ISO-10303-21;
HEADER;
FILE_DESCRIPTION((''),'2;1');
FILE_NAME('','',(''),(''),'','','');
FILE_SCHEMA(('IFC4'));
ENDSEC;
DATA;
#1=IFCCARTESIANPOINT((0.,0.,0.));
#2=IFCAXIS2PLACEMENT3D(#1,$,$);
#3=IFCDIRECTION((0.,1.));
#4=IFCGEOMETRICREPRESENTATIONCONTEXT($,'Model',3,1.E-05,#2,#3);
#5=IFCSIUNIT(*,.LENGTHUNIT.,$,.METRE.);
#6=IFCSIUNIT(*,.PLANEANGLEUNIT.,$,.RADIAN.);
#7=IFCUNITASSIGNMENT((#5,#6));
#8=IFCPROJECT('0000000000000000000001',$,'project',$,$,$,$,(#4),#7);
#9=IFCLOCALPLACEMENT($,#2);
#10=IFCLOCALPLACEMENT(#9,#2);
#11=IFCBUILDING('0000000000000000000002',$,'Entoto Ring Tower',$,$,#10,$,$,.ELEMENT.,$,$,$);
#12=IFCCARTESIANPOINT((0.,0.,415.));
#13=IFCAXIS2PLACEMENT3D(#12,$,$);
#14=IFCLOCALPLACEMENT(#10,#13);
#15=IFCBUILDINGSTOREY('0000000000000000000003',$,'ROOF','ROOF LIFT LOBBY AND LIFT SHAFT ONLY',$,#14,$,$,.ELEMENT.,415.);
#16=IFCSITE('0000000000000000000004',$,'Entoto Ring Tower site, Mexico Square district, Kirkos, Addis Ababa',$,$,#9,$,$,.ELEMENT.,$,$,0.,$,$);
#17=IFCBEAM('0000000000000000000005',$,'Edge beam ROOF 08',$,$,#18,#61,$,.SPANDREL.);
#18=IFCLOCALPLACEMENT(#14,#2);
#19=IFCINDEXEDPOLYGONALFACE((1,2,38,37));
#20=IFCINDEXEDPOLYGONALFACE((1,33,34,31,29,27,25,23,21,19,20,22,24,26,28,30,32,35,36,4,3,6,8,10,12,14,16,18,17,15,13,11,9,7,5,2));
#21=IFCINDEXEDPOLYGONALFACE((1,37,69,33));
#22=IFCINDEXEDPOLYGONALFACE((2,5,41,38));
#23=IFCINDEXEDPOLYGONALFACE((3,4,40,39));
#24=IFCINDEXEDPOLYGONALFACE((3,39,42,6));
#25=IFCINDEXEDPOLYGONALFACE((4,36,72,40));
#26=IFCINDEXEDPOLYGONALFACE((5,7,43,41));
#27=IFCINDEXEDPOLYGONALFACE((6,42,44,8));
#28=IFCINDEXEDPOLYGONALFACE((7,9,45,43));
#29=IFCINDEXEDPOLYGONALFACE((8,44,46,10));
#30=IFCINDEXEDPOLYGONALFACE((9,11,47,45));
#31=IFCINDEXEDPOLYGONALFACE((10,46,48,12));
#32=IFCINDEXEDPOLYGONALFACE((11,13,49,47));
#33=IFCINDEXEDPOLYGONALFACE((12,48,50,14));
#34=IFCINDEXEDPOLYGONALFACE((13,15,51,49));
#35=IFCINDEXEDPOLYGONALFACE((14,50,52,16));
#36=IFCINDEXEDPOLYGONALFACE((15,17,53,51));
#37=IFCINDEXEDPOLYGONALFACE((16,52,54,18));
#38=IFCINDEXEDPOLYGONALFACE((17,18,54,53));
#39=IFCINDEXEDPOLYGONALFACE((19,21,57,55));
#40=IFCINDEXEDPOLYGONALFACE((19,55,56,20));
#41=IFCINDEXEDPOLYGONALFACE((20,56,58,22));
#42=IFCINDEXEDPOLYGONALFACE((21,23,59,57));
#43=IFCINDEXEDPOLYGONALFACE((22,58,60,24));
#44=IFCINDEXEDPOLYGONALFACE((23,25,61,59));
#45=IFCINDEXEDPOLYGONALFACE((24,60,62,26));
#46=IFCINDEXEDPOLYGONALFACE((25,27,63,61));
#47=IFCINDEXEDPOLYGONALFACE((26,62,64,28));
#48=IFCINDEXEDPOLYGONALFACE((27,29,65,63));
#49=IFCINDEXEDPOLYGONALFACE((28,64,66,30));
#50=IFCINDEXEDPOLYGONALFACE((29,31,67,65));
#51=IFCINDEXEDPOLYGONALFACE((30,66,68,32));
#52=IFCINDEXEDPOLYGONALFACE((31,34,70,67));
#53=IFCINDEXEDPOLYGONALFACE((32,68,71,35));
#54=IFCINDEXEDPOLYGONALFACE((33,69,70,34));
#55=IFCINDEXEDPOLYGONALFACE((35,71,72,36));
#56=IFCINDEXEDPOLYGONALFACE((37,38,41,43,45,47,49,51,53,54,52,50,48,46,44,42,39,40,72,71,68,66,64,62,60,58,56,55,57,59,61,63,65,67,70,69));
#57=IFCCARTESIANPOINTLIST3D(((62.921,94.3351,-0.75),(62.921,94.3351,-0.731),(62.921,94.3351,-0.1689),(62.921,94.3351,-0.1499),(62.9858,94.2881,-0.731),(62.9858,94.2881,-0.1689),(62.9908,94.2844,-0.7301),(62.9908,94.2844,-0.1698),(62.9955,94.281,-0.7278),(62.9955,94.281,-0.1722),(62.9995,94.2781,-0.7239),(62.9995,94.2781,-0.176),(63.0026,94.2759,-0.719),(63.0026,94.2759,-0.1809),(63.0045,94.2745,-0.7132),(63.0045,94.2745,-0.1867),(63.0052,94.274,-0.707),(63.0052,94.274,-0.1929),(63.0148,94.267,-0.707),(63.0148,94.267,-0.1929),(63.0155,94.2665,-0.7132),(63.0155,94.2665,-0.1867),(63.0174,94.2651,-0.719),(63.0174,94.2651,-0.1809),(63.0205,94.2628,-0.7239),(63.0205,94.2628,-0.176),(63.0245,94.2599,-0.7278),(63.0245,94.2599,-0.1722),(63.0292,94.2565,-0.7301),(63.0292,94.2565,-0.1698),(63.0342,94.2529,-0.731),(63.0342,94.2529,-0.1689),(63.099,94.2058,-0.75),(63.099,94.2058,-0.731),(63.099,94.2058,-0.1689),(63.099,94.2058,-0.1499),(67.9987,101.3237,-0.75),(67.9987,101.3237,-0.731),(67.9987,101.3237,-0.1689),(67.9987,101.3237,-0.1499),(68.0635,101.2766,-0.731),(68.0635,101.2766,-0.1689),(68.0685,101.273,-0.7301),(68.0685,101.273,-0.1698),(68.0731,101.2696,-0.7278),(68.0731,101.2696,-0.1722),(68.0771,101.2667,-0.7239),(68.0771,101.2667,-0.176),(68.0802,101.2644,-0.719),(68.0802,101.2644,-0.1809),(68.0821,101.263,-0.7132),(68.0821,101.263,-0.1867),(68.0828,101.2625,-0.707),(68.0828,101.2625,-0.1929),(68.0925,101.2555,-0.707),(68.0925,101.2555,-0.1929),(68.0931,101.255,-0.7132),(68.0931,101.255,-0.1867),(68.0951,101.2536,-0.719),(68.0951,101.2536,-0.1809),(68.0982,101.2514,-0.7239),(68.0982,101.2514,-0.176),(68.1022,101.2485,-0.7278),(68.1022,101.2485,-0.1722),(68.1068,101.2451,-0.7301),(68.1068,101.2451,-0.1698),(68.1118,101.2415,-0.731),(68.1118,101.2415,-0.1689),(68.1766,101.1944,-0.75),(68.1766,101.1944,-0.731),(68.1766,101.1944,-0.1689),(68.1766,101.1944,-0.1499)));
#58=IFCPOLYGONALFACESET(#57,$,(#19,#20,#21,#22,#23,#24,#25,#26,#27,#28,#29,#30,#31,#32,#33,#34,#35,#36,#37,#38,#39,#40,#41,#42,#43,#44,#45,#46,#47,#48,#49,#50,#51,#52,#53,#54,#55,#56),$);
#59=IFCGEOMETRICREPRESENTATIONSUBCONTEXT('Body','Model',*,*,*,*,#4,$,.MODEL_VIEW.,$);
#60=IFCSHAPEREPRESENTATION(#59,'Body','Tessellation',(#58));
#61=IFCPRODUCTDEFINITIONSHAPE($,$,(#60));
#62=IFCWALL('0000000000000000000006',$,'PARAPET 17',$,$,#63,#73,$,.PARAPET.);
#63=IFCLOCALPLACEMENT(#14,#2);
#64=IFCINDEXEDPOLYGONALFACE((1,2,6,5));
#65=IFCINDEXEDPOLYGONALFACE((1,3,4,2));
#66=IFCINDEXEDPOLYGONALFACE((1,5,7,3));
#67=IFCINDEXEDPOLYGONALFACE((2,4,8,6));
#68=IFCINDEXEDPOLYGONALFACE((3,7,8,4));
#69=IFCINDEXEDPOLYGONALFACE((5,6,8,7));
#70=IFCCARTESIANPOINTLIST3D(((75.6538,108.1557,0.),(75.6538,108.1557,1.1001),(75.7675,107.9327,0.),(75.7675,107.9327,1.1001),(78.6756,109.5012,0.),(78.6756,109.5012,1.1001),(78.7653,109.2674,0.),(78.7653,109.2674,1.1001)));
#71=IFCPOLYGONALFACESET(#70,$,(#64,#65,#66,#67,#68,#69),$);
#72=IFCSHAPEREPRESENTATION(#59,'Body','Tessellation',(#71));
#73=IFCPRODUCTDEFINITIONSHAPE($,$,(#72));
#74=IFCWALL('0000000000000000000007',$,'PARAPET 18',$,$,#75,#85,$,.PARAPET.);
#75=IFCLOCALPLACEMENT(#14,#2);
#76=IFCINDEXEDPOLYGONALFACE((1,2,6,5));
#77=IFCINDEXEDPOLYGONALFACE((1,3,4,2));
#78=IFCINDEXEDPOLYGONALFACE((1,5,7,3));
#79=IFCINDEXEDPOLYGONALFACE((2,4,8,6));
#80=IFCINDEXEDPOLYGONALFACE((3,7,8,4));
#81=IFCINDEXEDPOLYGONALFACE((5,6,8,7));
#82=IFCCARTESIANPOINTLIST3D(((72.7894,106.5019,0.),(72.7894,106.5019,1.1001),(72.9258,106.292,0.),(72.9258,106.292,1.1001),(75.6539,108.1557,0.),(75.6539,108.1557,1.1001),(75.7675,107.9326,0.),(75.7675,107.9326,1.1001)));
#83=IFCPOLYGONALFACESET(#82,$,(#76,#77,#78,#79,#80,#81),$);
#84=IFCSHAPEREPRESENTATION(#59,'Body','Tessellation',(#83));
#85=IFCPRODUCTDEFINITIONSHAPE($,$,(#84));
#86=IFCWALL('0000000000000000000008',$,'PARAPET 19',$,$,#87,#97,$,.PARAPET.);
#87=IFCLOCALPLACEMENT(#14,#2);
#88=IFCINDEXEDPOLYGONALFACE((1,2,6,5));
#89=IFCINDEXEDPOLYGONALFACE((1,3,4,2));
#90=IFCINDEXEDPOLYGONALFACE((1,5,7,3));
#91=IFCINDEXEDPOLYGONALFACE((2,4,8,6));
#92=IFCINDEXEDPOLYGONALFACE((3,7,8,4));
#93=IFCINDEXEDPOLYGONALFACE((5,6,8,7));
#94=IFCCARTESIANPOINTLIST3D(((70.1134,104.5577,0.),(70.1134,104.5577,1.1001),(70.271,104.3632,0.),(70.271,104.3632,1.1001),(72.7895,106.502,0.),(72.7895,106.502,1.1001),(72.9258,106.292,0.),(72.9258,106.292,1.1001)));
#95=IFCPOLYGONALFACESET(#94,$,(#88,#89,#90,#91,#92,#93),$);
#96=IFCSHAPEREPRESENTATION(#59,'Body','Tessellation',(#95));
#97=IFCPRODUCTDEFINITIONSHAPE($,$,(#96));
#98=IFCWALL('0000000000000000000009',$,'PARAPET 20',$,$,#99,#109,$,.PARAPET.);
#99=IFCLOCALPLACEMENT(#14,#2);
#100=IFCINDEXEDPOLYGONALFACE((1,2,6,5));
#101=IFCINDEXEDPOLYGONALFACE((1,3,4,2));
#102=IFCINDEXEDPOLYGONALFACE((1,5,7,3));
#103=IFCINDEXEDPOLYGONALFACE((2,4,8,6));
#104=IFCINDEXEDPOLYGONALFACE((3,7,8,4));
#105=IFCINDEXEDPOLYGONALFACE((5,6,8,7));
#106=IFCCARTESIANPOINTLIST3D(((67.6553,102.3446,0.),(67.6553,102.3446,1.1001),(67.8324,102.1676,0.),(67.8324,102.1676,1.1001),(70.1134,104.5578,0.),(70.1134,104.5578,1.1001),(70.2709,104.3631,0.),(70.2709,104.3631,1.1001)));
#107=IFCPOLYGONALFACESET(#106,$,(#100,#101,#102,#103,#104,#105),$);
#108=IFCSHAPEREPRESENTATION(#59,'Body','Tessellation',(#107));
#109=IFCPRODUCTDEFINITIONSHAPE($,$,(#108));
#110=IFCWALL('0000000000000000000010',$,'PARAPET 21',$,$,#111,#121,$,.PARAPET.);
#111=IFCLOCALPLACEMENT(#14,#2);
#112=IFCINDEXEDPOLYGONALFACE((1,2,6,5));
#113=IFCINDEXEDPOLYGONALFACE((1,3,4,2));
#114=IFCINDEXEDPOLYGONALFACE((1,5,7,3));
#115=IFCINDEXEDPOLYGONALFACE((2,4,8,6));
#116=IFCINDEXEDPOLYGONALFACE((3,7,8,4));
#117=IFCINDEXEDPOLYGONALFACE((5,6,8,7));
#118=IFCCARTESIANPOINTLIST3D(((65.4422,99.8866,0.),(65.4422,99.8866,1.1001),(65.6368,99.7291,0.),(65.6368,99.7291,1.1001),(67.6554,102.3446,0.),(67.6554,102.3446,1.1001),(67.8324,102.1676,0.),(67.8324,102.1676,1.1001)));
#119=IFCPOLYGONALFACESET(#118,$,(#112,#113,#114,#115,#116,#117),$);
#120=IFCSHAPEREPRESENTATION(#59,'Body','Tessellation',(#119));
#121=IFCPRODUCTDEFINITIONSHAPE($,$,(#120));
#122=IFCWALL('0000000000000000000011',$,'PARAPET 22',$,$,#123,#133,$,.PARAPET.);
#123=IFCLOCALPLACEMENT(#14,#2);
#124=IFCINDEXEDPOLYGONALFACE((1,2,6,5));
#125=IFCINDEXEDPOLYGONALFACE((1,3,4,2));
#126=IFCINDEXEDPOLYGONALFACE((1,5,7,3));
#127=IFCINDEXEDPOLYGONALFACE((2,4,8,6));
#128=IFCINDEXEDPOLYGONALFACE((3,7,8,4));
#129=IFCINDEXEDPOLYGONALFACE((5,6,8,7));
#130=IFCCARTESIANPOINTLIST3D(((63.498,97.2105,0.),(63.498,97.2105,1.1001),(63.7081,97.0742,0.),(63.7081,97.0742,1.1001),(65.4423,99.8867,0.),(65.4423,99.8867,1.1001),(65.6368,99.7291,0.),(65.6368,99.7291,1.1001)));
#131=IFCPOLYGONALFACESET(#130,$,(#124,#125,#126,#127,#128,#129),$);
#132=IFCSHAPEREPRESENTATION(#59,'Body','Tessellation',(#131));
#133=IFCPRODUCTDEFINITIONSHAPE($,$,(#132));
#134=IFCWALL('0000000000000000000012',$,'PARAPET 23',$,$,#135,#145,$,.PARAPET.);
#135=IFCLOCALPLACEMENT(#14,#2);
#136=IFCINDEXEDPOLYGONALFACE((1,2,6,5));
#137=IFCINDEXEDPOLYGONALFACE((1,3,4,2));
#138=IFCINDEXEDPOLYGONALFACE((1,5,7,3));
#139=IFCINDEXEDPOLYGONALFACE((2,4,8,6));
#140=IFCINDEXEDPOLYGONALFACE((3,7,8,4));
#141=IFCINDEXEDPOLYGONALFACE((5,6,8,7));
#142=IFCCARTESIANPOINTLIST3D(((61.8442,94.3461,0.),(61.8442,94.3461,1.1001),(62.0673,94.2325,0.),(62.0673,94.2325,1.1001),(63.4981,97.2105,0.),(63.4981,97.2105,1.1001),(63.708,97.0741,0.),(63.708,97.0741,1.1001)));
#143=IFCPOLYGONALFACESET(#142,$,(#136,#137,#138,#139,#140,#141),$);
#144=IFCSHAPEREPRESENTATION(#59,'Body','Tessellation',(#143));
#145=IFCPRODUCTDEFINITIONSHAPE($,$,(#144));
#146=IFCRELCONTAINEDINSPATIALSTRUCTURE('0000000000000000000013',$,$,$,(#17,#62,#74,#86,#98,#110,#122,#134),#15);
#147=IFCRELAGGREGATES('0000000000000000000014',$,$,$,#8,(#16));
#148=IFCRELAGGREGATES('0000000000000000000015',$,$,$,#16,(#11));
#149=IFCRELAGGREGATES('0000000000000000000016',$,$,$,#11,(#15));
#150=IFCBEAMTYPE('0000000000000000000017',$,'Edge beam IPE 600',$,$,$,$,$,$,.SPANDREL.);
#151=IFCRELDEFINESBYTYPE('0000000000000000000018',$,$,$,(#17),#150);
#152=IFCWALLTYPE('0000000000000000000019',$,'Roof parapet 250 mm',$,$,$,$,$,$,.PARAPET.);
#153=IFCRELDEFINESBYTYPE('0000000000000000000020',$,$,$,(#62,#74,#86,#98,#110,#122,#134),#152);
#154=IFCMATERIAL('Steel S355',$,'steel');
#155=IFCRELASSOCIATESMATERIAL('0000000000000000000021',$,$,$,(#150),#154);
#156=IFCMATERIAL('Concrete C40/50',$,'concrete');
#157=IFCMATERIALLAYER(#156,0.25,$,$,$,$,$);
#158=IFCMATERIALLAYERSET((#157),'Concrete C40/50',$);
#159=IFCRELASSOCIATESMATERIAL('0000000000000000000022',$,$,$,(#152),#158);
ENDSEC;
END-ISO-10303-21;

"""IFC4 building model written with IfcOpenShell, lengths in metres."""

from ifc_helpers import new_model, si_unit, direction, frame, origin, origin_2d, place, context, subcontext, project, spatial, polyline, i_section, outline, extrude, material, layer, layer_set, material_profile, profile_set, type_object, element, save


model = new_model("IFC4")

# Units and contexts
model_context = context("Model", 3, precision=1e-05, world=origin(), true_north=direction((0.0, 1.0)))
body_context = subcontext(model_context, "Body", "Model", "MODEL_VIEW")
ifc_project = project(units=[si_unit("LENGTHUNIT", "METRE"), si_unit("PLANEANGLEUNIT", "RADIAN")], contexts=[model_context])

# Site, building, storey
site_placement = place(None, origin())
site = spatial("IfcSite", under=ifc_project, at=site_placement, Name="Entoto Ring Tower site, Mexico Square district, Kirkos, Addis Ababa", CompositionType="ELEMENT", RefElevation=0.0)
building_placement = place(site_placement, origin())
building = spatial("IfcBuilding", under=site, at=building_placement, Name="Entoto Ring Tower", CompositionType="ELEMENT")
storey_placement = place(building_placement, frame((0.0, 0.0, 415.0)))
storey = spatial("IfcBuildingStorey", under=building, at=storey_placement, Name="ROOF", Description="ROOF LIFT LOBBY AND LIFT SHAFT ONLY", CompositionType="ELEMENT", Elevation=415.0)

# Beam
ifc_material_1 = material(Name="Steel S355", Category="steel")
ifc_material_profile_1 = material_profile(ifc_material_1, i_section(OverallWidth=0.22, OverallDepth=0.6001, WebThickness=0.012, FlangeThickness=0.019, FilletRadius=0.0239, at=origin_2d()), Name="IPE 600")
ifc_profile_set_1 = profile_set([ifc_material_profile_1], Name="Steel S355")
beam_type_1 = type_object("IfcBeamType", Name="Edge beam IPE 600", PredefinedType="SPANDREL", material=ifc_profile_set_1)
for number, where, z_axis, x_axis, name in (
    (1, (68.0876, 101.259, -0.45), (-0.587799, -0.809007, 0.0), (0.809007, -0.587799, 0.0), "Edge beam ROOF 08"),
):
    element("IfcBeam", number, at=place(storey_placement, frame(where, z_axis=z_axis, x_axis=x_axis)), inside=storey, type_object=beam_type_1, Name=name, PredefinedType="SPANDREL", context=body_context, shape_type="SweptSolid", body=[
        extrude(i_section(OverallWidth=0.22, OverallDepth=0.6001, WebThickness=0.012, FlangeThickness=0.019, FilletRadius=0.0239, at=origin_2d()), origin(), (0.0, 0.0, 1.0), 8.6384),
    ])

# Walls
ifc_material_2 = material(Name="Concrete C40/50", Category="concrete")
ifc_layer = layer(ifc_material_2, 0.25)
ifc_layer_set = layer_set([ifc_layer], Name="Concrete C40/50")
wall_type = type_object("IfcWallType", Name="Roof parapet 250 mm", PredefinedType="PARAPET", material=ifc_layer_set)
wall_1_placement = place(storey_placement, frame((78.7205, 109.3843, 0.0), z_axis=(0.0, 0.0, 1.0), x_axis=(-0.913539, -0.40675, 0.0)))
element("IfcWall", 2, at=wall_1_placement, inside=storey, type_object=wall_type, Name="PARAPET 17", PredefinedType="PARAPET", context=body_context, shape_type="SweptSolid", body=[
    extrude(outline(polyline([(-0.0066, -0.125), (3.3013, -0.125), (3.2881, 0.125), (0.0066, 0.125), (-0.0066, -0.125)])), origin(), (0.0, 0.0, 1.0), 1.1001),
])
wall_2_placement = place(storey_placement, frame((75.7107, 108.0442, 0.0), z_axis=(0.0, 0.0, 1.0), x_axis=(-0.866023, -0.500005, 0.0)))
element("IfcWall", 3, at=wall_2_placement, inside=storey, type_object=wall_type, Name="PARAPET 18", PredefinedType="PARAPET", context=body_context, shape_type="SweptSolid", body=[
    extrude(outline(polyline([(-0.0066, -0.125), (3.301, -0.125), (3.2878, 0.125), (0.0066, 0.125), (-0.0066, -0.125)])), origin(), (0.0, 0.0, 1.0), 1.1001),
])
wall_3_placement = place(storey_placement, frame((72.8577, 106.397, 0.0), z_axis=(0.0, 0.0, 1.0), x_axis=(-0.809031, -0.587766, 0.0)))
element("IfcWall", 4, at=wall_3_placement, inside=storey, type_object=wall_type, Name="PARAPET 19", PredefinedType="PARAPET", context=body_context, shape_type="SweptSolid", body=[
    extrude(outline(polyline([(-0.0066, -0.125), (3.3013, -0.125), (3.2881, 0.125), (0.0066, 0.125), (-0.0066, -0.125)])), origin(), (0.0, 0.0, 1.0), 1.1001),
])
for number, where, z_axis, x_axis, name in (
    (5, (70.1921, 104.4604, 0.0), (0.0, 0.0, 1.0), (-0.743154, -0.66912, 0.0), "PARAPET 20"),
    (6, (67.7439, 102.2561, 0.0), (0.0, 0.0, 1.0), (-0.66912, -0.743154, 0.0), "PARAPET 21"),
):
    element("IfcWall", number, at=place(storey_placement, frame(where, z_axis=z_axis, x_axis=x_axis)), inside=storey, type_object=wall_type, Name=name, PredefinedType="PARAPET", context=body_context, shape_type="SweptSolid", body=[
        extrude(outline(polyline([(-0.0066, -0.125), (3.301, -0.125), (3.2878, 0.125), (0.0066, 0.125), (-0.0066, -0.125)])), origin(), (0.0, 0.0, 1.0), 1.1001),
    ])
wall_4_placement = place(storey_placement, frame((65.5396, 99.8079, 0.0), z_axis=(0.0, 0.0, 1.0), x_axis=(-0.587766, -0.809031, 0.0)))
element("IfcWall", 7, at=wall_4_placement, inside=storey, type_object=wall_type, Name="PARAPET 22", PredefinedType="PARAPET", context=body_context, shape_type="SweptSolid", body=[
    extrude(outline(polyline([(-0.0066, -0.125), (3.3013, -0.125), (3.2881, 0.125), (0.0066, 0.125), (-0.0066, -0.125)])), origin(), (0.0, 0.0, 1.0), 1.1001),
])
wall_5_placement = place(storey_placement, frame((63.603, 97.1423, 0.0), z_axis=(0.0, 0.0, 1.0), x_axis=(-0.500005, -0.866023, 0.0)))
element("IfcWall", 8, at=wall_5_placement, inside=storey, type_object=wall_type, Name="PARAPET 23", PredefinedType="PARAPET", context=body_context, shape_type="SweptSolid", body=[
    extrude(outline(polyline([(-0.0066, -0.125), (3.301, -0.125), (3.2878, 0.125), (0.0066, 0.125), (-0.0066, -0.125)])), origin(), (0.0, 0.0, 1.0), 1.1001),
])

save(model, "model.ifc")
